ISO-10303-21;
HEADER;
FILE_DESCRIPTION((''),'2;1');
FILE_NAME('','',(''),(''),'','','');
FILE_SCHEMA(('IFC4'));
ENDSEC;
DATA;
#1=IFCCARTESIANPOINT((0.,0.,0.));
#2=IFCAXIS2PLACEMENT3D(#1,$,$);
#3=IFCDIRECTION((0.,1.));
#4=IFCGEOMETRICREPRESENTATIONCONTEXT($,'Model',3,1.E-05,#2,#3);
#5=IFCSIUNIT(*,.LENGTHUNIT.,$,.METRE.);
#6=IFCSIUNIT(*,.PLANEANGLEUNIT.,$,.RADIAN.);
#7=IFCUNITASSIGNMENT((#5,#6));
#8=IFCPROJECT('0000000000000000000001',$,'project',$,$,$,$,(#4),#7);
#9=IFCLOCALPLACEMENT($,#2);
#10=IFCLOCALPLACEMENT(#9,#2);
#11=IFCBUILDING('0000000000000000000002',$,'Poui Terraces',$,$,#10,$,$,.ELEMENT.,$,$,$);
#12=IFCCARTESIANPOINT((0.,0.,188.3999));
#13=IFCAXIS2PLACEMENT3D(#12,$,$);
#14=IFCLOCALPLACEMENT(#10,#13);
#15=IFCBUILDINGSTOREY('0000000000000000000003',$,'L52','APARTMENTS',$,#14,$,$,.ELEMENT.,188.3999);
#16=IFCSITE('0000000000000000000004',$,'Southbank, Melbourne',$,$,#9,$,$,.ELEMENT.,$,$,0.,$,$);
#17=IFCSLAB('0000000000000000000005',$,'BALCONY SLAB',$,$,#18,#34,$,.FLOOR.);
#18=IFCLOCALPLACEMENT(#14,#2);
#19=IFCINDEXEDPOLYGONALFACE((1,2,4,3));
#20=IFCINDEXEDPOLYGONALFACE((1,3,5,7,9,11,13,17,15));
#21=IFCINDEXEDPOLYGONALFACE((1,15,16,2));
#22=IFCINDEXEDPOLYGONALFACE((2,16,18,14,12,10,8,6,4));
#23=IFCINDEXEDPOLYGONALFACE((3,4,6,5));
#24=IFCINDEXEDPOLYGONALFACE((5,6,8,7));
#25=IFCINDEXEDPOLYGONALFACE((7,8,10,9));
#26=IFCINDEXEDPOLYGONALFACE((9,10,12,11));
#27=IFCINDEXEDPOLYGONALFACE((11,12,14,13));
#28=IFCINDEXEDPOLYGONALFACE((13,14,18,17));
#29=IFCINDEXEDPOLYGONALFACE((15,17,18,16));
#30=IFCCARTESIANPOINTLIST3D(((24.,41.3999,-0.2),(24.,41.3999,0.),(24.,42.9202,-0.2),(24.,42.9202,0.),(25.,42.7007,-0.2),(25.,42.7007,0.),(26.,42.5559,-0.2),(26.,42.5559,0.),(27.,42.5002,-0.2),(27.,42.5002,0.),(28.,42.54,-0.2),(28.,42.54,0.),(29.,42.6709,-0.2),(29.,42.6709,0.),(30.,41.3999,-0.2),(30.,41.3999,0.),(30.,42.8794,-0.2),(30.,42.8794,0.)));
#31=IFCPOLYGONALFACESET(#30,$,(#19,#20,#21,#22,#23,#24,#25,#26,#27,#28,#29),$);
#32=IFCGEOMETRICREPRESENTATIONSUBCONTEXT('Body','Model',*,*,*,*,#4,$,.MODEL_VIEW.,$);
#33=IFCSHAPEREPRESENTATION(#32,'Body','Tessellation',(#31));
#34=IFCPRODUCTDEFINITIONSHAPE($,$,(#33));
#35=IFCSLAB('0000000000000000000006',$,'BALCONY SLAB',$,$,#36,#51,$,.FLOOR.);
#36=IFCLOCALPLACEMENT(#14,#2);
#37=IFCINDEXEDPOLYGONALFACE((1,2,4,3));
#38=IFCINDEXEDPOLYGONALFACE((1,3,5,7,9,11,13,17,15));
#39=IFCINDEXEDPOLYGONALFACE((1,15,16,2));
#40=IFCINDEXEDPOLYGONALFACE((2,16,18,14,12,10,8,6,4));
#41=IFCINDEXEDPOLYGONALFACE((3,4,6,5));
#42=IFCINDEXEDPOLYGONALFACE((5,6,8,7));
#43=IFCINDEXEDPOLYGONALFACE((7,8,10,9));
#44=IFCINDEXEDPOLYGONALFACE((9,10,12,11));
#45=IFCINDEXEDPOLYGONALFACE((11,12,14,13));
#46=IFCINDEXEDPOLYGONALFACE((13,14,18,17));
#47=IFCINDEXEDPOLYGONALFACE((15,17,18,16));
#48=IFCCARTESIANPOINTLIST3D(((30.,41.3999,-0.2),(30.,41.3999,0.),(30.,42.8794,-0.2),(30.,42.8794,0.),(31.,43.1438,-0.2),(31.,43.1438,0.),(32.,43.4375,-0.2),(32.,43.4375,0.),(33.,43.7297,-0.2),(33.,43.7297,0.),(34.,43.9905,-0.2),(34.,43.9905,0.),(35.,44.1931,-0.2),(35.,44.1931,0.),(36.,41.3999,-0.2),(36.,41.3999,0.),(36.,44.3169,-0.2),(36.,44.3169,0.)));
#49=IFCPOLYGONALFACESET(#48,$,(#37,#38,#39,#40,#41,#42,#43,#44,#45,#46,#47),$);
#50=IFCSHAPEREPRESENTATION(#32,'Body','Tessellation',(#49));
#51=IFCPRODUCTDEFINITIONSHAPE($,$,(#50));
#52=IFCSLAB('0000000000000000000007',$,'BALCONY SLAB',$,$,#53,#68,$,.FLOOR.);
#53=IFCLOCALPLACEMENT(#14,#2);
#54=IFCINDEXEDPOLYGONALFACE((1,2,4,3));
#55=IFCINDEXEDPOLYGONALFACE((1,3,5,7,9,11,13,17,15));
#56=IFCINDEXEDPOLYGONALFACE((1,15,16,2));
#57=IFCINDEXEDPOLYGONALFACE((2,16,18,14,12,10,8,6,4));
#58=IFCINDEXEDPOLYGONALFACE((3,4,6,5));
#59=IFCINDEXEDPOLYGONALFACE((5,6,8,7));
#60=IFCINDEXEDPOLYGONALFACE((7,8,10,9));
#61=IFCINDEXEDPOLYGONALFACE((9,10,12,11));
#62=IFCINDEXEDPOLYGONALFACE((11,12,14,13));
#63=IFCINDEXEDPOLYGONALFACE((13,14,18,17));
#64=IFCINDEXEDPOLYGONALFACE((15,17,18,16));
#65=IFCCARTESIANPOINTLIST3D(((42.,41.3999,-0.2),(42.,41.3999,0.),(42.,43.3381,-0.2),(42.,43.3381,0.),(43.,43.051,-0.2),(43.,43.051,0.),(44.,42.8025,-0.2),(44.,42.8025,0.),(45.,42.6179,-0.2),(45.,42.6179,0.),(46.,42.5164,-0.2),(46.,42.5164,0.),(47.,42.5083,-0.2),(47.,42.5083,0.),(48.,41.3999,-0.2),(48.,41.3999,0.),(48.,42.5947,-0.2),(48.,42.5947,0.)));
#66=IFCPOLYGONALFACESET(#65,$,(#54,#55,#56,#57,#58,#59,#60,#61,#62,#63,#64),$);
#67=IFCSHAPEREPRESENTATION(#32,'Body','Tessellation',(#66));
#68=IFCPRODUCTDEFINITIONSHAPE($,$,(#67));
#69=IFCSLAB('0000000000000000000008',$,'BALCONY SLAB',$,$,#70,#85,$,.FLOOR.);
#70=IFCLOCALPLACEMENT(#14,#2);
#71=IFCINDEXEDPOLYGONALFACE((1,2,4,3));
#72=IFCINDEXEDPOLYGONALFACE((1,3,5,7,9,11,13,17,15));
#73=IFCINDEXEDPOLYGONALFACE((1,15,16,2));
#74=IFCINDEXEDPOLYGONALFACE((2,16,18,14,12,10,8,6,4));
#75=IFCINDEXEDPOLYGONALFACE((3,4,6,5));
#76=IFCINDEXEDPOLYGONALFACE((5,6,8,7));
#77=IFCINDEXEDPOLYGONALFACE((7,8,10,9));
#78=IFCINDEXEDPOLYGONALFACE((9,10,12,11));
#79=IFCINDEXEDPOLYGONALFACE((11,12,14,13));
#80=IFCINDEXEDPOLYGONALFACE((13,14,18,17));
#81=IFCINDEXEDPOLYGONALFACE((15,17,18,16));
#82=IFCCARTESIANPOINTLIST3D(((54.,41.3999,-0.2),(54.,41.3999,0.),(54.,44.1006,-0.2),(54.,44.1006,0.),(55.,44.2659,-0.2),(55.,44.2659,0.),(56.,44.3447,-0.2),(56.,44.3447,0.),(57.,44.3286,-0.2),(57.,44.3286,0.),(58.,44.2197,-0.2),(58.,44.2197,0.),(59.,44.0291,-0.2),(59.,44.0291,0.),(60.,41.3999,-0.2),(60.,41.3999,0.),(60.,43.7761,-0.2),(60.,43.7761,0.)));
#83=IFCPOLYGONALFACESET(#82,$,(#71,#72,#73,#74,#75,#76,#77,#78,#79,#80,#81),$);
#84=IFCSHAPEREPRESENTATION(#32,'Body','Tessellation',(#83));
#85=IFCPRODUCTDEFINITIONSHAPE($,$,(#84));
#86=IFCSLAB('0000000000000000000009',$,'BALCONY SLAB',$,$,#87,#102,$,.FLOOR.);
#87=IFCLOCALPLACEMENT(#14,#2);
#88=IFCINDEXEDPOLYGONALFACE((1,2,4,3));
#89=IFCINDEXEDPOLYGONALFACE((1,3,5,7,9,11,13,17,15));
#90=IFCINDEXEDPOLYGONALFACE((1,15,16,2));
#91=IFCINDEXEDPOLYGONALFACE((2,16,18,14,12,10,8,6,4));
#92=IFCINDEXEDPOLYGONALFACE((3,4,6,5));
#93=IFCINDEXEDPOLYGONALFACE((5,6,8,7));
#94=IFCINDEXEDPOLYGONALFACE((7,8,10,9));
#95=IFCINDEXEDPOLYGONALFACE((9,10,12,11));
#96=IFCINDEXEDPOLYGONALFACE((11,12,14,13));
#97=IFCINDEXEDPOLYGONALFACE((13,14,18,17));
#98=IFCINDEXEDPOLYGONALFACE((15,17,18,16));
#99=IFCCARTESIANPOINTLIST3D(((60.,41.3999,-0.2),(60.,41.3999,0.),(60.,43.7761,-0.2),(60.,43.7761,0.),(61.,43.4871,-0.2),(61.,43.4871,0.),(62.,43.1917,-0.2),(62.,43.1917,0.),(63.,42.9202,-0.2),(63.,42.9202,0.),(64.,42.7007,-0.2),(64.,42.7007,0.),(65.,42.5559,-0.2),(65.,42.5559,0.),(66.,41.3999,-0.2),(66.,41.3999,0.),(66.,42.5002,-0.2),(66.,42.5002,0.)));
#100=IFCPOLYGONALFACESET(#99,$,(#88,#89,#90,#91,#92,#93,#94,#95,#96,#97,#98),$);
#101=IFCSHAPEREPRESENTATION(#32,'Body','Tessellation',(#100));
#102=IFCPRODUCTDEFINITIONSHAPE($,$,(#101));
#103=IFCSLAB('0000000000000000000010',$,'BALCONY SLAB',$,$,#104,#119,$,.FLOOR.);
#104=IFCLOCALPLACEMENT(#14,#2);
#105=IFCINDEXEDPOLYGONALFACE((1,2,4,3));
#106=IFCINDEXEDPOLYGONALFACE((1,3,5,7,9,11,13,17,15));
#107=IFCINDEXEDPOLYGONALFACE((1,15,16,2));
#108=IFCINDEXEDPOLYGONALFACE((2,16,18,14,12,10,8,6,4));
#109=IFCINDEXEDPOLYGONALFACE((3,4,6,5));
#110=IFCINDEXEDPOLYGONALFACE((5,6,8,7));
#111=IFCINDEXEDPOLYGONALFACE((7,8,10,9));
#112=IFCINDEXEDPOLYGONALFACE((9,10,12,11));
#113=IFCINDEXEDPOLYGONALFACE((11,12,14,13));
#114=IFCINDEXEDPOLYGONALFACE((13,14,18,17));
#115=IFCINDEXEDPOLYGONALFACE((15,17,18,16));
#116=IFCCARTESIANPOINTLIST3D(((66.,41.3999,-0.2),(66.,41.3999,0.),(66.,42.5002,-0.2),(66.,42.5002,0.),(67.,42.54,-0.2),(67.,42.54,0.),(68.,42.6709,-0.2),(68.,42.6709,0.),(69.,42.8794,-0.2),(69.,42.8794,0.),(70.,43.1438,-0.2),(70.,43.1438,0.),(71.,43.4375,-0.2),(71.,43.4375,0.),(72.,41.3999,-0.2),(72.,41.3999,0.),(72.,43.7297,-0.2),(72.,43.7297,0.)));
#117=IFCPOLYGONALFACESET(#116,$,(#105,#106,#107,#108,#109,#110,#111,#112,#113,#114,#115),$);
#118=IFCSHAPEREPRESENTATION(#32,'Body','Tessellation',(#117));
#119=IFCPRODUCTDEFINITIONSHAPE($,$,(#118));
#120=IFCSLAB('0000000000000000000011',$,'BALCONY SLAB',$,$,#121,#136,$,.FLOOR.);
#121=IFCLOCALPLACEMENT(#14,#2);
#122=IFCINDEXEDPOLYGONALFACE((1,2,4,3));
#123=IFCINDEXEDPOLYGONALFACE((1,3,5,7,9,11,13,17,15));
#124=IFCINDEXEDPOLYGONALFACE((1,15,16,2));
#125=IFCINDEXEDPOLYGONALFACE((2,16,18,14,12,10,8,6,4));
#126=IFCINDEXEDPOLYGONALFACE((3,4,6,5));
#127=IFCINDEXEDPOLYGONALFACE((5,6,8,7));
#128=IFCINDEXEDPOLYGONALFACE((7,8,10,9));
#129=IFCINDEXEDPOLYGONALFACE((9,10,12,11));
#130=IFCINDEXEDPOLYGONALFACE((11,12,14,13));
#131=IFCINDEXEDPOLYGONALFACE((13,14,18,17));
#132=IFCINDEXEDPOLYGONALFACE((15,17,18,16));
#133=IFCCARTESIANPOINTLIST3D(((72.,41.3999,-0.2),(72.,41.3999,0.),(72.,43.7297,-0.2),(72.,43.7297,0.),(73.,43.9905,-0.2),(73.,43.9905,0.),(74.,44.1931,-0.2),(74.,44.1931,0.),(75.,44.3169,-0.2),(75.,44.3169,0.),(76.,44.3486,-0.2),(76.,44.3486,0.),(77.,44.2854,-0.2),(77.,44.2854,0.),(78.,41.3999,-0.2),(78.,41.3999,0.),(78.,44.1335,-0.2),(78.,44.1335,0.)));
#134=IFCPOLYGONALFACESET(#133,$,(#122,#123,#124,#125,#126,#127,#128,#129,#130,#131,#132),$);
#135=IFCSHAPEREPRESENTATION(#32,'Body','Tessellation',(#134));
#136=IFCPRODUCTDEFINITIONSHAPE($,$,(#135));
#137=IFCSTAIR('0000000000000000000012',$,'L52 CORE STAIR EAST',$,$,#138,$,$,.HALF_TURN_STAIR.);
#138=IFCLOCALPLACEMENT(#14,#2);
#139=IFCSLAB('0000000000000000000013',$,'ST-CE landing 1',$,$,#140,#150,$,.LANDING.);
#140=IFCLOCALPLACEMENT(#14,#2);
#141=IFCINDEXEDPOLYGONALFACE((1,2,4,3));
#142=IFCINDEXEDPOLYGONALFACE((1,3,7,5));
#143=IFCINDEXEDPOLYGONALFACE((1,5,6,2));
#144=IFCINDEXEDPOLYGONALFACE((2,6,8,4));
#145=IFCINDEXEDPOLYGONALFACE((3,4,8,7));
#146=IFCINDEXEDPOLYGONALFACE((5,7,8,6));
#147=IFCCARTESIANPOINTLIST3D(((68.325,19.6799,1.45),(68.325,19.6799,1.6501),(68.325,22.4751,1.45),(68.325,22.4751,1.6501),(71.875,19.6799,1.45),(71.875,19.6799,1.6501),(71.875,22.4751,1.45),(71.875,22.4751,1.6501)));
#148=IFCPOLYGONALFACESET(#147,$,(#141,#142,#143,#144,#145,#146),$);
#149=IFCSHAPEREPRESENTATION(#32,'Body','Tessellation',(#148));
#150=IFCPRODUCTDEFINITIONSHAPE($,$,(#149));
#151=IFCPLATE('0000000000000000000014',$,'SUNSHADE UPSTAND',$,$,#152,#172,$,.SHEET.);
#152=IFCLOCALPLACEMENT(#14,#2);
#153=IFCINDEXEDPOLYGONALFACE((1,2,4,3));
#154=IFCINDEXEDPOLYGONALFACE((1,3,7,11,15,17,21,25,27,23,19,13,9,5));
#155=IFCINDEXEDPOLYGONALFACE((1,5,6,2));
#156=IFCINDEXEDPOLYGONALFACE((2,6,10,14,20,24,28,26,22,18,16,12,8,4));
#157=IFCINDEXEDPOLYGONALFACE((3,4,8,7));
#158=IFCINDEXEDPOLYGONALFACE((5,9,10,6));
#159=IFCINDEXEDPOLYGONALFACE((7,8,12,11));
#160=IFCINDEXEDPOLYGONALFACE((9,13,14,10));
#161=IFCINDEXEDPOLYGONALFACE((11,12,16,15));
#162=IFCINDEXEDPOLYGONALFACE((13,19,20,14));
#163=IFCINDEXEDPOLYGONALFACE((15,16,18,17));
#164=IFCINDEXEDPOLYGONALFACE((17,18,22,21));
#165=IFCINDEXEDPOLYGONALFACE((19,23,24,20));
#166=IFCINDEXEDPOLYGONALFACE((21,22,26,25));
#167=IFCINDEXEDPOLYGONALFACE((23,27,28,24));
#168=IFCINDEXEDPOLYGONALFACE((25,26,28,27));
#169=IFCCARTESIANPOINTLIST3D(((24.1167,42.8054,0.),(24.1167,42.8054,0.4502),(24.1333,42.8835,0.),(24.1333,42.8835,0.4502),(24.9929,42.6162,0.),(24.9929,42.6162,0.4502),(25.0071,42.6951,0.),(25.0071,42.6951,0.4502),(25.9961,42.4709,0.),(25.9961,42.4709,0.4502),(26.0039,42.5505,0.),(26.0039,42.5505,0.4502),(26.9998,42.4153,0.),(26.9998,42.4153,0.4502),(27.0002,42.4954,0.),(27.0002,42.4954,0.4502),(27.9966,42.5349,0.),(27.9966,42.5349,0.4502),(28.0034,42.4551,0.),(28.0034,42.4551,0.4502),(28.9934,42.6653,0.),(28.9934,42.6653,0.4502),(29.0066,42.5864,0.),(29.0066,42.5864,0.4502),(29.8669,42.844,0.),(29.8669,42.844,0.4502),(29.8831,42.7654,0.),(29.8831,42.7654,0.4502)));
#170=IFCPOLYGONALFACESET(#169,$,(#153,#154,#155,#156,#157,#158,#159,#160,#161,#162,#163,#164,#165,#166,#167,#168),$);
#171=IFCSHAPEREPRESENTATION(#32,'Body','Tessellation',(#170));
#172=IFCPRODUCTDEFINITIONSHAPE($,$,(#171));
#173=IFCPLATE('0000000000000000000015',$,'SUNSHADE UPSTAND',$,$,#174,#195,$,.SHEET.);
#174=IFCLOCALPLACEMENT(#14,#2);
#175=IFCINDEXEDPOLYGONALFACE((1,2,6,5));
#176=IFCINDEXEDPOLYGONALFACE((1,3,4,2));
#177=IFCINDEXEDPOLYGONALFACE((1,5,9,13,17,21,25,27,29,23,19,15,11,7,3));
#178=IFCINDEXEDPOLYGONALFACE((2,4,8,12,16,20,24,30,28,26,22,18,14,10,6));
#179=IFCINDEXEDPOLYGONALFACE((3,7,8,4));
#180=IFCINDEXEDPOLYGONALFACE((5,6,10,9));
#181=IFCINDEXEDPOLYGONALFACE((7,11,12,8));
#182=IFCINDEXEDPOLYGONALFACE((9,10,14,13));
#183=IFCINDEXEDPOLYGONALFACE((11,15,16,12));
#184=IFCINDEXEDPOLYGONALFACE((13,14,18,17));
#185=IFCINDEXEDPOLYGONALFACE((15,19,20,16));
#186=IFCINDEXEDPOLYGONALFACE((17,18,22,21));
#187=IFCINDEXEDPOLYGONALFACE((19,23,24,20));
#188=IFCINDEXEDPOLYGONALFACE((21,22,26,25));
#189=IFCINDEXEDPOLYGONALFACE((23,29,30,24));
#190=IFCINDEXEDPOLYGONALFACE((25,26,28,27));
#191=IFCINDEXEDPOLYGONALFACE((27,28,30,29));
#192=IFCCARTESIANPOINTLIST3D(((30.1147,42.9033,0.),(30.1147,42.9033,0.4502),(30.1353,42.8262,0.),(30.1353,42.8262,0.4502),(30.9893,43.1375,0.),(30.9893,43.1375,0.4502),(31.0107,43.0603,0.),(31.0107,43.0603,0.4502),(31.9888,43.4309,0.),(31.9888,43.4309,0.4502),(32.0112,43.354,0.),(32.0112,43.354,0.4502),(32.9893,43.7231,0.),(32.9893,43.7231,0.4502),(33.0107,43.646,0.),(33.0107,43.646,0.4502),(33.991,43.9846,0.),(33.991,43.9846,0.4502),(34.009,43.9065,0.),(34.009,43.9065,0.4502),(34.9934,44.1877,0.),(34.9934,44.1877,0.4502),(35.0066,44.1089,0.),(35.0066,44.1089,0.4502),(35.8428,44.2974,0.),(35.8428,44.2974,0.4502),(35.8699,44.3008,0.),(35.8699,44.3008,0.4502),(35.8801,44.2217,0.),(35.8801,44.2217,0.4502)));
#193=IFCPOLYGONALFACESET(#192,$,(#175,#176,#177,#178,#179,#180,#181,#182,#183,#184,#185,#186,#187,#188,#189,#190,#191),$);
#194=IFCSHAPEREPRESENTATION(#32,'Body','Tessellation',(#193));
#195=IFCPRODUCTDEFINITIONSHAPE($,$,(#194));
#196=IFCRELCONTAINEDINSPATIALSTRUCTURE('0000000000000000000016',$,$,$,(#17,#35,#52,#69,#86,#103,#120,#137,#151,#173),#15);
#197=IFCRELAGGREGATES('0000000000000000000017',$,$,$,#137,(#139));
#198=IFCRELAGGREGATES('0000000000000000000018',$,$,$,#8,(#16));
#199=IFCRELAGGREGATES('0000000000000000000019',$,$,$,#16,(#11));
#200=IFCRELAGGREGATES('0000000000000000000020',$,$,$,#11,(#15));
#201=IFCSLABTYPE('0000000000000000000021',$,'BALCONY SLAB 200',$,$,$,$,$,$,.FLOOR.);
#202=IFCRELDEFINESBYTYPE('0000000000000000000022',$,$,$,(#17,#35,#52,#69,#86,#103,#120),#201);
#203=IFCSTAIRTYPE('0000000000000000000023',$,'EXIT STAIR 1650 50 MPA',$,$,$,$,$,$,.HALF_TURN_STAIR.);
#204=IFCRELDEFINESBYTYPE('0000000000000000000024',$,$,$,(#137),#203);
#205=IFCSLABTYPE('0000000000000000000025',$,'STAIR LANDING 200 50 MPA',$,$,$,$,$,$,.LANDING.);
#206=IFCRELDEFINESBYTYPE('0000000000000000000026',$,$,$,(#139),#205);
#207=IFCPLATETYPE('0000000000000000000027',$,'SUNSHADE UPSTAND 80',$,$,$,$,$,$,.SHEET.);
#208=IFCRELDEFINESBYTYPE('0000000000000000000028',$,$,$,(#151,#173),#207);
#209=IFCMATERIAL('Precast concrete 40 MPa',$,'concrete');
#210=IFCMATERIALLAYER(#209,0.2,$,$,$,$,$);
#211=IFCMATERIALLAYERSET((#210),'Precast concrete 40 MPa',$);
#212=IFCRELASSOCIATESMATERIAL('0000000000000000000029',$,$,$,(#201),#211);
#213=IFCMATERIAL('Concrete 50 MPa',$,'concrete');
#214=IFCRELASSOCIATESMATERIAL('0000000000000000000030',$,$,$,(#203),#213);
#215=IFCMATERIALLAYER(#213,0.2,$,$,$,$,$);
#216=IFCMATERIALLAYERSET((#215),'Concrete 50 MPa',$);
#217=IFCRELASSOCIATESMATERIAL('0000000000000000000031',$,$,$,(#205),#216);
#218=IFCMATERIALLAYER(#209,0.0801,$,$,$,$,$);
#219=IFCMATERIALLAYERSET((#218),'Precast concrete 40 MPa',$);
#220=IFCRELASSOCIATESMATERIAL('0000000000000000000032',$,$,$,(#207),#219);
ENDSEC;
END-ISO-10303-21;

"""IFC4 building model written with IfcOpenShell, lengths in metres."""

from ifc_helpers import new_model, si_unit, direction, frame, origin, place, context, subcontext, project, spatial, polyline, outline, extrude, material, layer, layer_set, type_object, element, aggregate, save


model = new_model("IFC4")

# Units and contexts
model_context = context("Model", 3, precision=1e-05, world=origin(), true_north=direction((0.0, 1.0)))
body_context = subcontext(model_context, "Body", "Model", "MODEL_VIEW")
ifc_project = project(units=[si_unit("LENGTHUNIT", "METRE"), si_unit("PLANEANGLEUNIT", "RADIAN")], contexts=[model_context])

# Site, building, storey
site_placement = place(None, origin())
site = spatial("IfcSite", under=ifc_project, at=site_placement, Name="Southbank, Melbourne", CompositionType="ELEMENT", RefElevation=0.0)
building_placement = place(site_placement, origin())
building = spatial("IfcBuilding", under=site, at=building_placement, Name="Poui Terraces", CompositionType="ELEMENT")
storey_placement = place(building_placement, frame((0.0, 0.0, 188.3999)))
storey = spatial("IfcBuildingStorey", under=building, at=storey_placement, Name="L52", Description="APARTMENTS", CompositionType="ELEMENT", Elevation=188.3999)

# Slabs
ifc_material_1 = material(Name="Precast concrete 40 MPa", Category="concrete")
ifc_layer_1 = layer(ifc_material_1, 0.2)
ifc_layer_set_1 = layer_set([ifc_layer_1], Name="Precast concrete 40 MPa")
slab_type_1 = type_object("IfcSlabType", Name="BALCONY SLAB 200", PredefinedType="FLOOR", material=ifc_layer_set_1)
slab_1_placement = place(storey_placement, frame((0.0, 0.0, -0.2)))
element("IfcSlab", 1, at=slab_1_placement, inside=storey, type_object=slab_type_1, Name="BALCONY SLAB", PredefinedType="FLOOR", context=body_context, shape_type="SweptSolid", body=[
    extrude(outline(polyline([(24.0, 41.3999), (30.0, 41.3999), (30.0, 42.8794), (29.0, 42.6709), (28.0, 42.54), (27.0, 42.5002), (26.0, 42.5559), (25.0, 42.7007), (24.0, 42.9202), (24.0, 41.3999)])), origin(), (0.0, 0.0, 1.0), 0.2),
])
slab_2_placement = place(storey_placement, frame((0.0, 0.0, -0.2)))
element("IfcSlab", 2, at=slab_2_placement, inside=storey, type_object=slab_type_1, Name="BALCONY SLAB", PredefinedType="FLOOR", context=body_context, shape_type="SweptSolid", body=[
    extrude(outline(polyline([(30.0, 41.3999), (36.0, 41.3999), (36.0, 44.3169), (35.0, 44.1931), (34.0, 43.9905), (33.0, 43.7297), (32.0, 43.4375), (31.0, 43.1438), (30.0, 42.8794), (30.0, 41.3999)])), origin(), (0.0, 0.0, 1.0), 0.2),
])
slab_3_placement = place(storey_placement, frame((0.0, 0.0, -0.2)))
element("IfcSlab", 3, at=slab_3_placement, inside=storey, type_object=slab_type_1, Name="BALCONY SLAB", PredefinedType="FLOOR", context=body_context, shape_type="SweptSolid", body=[
    extrude(outline(polyline([(42.0, 41.3999), (48.0, 41.3999), (48.0, 42.5947), (47.0, 42.5083), (46.0, 42.5164), (45.0, 42.6179), (44.0, 42.8025), (43.0, 43.051), (42.0, 43.3381), (42.0, 41.3999)])), origin(), (0.0, 0.0, 1.0), 0.2),
])
slab_4_placement = place(storey_placement, frame((0.0, 0.0, -0.2)))
element("IfcSlab", 4, at=slab_4_placement, inside=storey, type_object=slab_type_1, Name="BALCONY SLAB", PredefinedType="FLOOR", context=body_context, shape_type="SweptSolid", body=[
    extrude(outline(polyline([(54.0, 41.3999), (60.0, 41.3999), (60.0, 43.7761), (59.0, 44.0291), (58.0, 44.2197), (57.0, 44.3286), (56.0, 44.3447), (55.0, 44.2659), (54.0, 44.1006), (54.0, 41.3999)])), origin(), (0.0, 0.0, 1.0), 0.2),
])
slab_5_placement = place(storey_placement, frame((0.0, 0.0, -0.2)))
element("IfcSlab", 5, at=slab_5_placement, inside=storey, type_object=slab_type_1, Name="BALCONY SLAB", PredefinedType="FLOOR", context=body_context, shape_type="SweptSolid", body=[
    extrude(outline(polyline([(60.0, 41.3999), (66.0, 41.3999), (66.0, 42.5002), (65.0, 42.5559), (64.0, 42.7007), (63.0, 42.9202), (62.0, 43.1917), (61.0, 43.4871), (60.0, 43.7761), (60.0, 41.3999)])), origin(), (0.0, 0.0, 1.0), 0.2),
])
slab_6_placement = place(storey_placement, frame((0.0, 0.0, -0.2)))
element("IfcSlab", 6, at=slab_6_placement, inside=storey, type_object=slab_type_1, Name="BALCONY SLAB", PredefinedType="FLOOR", context=body_context, shape_type="SweptSolid", body=[
    extrude(outline(polyline([(66.0, 41.3999), (72.0, 41.3999), (72.0, 43.7297), (71.0, 43.4375), (70.0, 43.1438), (69.0, 42.8794), (68.0, 42.6709), (67.0, 42.54), (66.0, 42.5002), (66.0, 41.3999)])), origin(), (0.0, 0.0, 1.0), 0.2),
])
slab_7_placement = place(storey_placement, frame((0.0, 0.0, -0.2)))
element("IfcSlab", 7, at=slab_7_placement, inside=storey, type_object=slab_type_1, Name="BALCONY SLAB", PredefinedType="FLOOR", context=body_context, shape_type="SweptSolid", body=[
    extrude(outline(polyline([(72.0, 41.3999), (78.0, 41.3999), (78.0, 44.1335), (77.0, 44.2854), (76.0, 44.3486), (75.0, 44.3169), (74.0, 44.1931), (73.0, 43.9905), (72.0, 43.7297), (72.0, 41.3999)])), origin(), (0.0, 0.0, 1.0), 0.2),
])

# Stair, slab
ifc_material_2 = material(Name="Concrete 50 MPa", Category="concrete")
stair_type = type_object("IfcStairType", Name="EXIT STAIR 1650 50 MPA", PredefinedType="HALF_TURN_STAIR", material=ifc_material_2)
stair_placement = place(storey_placement, origin())
stair = element("IfcStair", 8, at=stair_placement, inside=storey, type_object=stair_type, Name="L52 CORE STAIR EAST", PredefinedType="HALF_TURN_STAIR")
ifc_layer_2 = layer(ifc_material_2, 0.2)
ifc_layer_set_2 = layer_set([ifc_layer_2], Name="Concrete 50 MPa")
slab_type_2 = type_object("IfcSlabType", Name="STAIR LANDING 200 50 MPA", PredefinedType="LANDING", material=ifc_layer_set_2)
slab_8_placement = place(storey_placement, frame((0.0, 0.0, 1.45)))
slab_8 = element("IfcSlab", 9, at=slab_8_placement, type_object=slab_type_2, Name="ST-CE landing 1", PredefinedType="LANDING", context=body_context, shape_type="SweptSolid", body=[
    extrude(outline(polyline([(68.325, 19.6799), (71.875, 19.6799), (71.875, 22.4751), (68.325, 22.4751), (68.325, 19.6799)])), origin(), (0.0, 0.0, 1.0), 0.2002),
])
aggregate(stair, [slab_8])

# Plates
ifc_layer_3 = layer(ifc_material_1, 0.0801)
ifc_layer_set_3 = layer_set([ifc_layer_3], Name="Precast concrete 40 MPa")
plate_type = type_object("IfcPlateType", Name="SUNSHADE UPSTAND 80", PredefinedType="SHEET", material=ifc_layer_set_3)
plate_1_placement = place(storey_placement, origin())
element("IfcPlate", 10, at=plate_1_placement, inside=storey, type_object=plate_type, Name="SUNSHADE UPSTAND", PredefinedType="SHEET", context=body_context, shape_type="SweptSolid", body=[
    extrude(outline(polyline([(25.0071, 42.6951), (24.1333, 42.8835), (24.1167, 42.8054), (24.9929, 42.6162), (25.9961, 42.4709), (26.9998, 42.4153), (28.0034, 42.4551), (29.0066, 42.5864), (29.8831, 42.7654), (29.8669, 42.844), (28.9934, 42.6653), (27.9966, 42.5349), (27.0002, 42.4954), (26.0039, 42.5505), (25.0071, 42.6951)])), origin(), (0.0, 0.0, 1.0), 0.4502),
])
plate_2_placement = place(storey_placement, origin())
element("IfcPlate", 11, at=plate_2_placement, inside=storey, type_object=plate_type, Name="SUNSHADE UPSTAND", PredefinedType="SHEET", context=body_context, shape_type="SweptSolid", body=[
    extrude(outline(polyline([(30.9893, 43.1375), (30.1147, 42.9033), (30.1353, 42.8262), (31.0107, 43.0603), (32.0112, 43.354), (33.0107, 43.646), (34.009, 43.9065), (35.0066, 44.1089), (35.8801, 44.2217), (35.8699, 44.3008), (35.8428, 44.2974), (34.9934, 44.1877), (33.991, 43.9846), (32.9893, 43.7231), (31.9888, 43.4309), (30.9893, 43.1375)])), origin(), (0.0, 0.0, 1.0), 0.4502),
])

save(model, "model.ifc")
